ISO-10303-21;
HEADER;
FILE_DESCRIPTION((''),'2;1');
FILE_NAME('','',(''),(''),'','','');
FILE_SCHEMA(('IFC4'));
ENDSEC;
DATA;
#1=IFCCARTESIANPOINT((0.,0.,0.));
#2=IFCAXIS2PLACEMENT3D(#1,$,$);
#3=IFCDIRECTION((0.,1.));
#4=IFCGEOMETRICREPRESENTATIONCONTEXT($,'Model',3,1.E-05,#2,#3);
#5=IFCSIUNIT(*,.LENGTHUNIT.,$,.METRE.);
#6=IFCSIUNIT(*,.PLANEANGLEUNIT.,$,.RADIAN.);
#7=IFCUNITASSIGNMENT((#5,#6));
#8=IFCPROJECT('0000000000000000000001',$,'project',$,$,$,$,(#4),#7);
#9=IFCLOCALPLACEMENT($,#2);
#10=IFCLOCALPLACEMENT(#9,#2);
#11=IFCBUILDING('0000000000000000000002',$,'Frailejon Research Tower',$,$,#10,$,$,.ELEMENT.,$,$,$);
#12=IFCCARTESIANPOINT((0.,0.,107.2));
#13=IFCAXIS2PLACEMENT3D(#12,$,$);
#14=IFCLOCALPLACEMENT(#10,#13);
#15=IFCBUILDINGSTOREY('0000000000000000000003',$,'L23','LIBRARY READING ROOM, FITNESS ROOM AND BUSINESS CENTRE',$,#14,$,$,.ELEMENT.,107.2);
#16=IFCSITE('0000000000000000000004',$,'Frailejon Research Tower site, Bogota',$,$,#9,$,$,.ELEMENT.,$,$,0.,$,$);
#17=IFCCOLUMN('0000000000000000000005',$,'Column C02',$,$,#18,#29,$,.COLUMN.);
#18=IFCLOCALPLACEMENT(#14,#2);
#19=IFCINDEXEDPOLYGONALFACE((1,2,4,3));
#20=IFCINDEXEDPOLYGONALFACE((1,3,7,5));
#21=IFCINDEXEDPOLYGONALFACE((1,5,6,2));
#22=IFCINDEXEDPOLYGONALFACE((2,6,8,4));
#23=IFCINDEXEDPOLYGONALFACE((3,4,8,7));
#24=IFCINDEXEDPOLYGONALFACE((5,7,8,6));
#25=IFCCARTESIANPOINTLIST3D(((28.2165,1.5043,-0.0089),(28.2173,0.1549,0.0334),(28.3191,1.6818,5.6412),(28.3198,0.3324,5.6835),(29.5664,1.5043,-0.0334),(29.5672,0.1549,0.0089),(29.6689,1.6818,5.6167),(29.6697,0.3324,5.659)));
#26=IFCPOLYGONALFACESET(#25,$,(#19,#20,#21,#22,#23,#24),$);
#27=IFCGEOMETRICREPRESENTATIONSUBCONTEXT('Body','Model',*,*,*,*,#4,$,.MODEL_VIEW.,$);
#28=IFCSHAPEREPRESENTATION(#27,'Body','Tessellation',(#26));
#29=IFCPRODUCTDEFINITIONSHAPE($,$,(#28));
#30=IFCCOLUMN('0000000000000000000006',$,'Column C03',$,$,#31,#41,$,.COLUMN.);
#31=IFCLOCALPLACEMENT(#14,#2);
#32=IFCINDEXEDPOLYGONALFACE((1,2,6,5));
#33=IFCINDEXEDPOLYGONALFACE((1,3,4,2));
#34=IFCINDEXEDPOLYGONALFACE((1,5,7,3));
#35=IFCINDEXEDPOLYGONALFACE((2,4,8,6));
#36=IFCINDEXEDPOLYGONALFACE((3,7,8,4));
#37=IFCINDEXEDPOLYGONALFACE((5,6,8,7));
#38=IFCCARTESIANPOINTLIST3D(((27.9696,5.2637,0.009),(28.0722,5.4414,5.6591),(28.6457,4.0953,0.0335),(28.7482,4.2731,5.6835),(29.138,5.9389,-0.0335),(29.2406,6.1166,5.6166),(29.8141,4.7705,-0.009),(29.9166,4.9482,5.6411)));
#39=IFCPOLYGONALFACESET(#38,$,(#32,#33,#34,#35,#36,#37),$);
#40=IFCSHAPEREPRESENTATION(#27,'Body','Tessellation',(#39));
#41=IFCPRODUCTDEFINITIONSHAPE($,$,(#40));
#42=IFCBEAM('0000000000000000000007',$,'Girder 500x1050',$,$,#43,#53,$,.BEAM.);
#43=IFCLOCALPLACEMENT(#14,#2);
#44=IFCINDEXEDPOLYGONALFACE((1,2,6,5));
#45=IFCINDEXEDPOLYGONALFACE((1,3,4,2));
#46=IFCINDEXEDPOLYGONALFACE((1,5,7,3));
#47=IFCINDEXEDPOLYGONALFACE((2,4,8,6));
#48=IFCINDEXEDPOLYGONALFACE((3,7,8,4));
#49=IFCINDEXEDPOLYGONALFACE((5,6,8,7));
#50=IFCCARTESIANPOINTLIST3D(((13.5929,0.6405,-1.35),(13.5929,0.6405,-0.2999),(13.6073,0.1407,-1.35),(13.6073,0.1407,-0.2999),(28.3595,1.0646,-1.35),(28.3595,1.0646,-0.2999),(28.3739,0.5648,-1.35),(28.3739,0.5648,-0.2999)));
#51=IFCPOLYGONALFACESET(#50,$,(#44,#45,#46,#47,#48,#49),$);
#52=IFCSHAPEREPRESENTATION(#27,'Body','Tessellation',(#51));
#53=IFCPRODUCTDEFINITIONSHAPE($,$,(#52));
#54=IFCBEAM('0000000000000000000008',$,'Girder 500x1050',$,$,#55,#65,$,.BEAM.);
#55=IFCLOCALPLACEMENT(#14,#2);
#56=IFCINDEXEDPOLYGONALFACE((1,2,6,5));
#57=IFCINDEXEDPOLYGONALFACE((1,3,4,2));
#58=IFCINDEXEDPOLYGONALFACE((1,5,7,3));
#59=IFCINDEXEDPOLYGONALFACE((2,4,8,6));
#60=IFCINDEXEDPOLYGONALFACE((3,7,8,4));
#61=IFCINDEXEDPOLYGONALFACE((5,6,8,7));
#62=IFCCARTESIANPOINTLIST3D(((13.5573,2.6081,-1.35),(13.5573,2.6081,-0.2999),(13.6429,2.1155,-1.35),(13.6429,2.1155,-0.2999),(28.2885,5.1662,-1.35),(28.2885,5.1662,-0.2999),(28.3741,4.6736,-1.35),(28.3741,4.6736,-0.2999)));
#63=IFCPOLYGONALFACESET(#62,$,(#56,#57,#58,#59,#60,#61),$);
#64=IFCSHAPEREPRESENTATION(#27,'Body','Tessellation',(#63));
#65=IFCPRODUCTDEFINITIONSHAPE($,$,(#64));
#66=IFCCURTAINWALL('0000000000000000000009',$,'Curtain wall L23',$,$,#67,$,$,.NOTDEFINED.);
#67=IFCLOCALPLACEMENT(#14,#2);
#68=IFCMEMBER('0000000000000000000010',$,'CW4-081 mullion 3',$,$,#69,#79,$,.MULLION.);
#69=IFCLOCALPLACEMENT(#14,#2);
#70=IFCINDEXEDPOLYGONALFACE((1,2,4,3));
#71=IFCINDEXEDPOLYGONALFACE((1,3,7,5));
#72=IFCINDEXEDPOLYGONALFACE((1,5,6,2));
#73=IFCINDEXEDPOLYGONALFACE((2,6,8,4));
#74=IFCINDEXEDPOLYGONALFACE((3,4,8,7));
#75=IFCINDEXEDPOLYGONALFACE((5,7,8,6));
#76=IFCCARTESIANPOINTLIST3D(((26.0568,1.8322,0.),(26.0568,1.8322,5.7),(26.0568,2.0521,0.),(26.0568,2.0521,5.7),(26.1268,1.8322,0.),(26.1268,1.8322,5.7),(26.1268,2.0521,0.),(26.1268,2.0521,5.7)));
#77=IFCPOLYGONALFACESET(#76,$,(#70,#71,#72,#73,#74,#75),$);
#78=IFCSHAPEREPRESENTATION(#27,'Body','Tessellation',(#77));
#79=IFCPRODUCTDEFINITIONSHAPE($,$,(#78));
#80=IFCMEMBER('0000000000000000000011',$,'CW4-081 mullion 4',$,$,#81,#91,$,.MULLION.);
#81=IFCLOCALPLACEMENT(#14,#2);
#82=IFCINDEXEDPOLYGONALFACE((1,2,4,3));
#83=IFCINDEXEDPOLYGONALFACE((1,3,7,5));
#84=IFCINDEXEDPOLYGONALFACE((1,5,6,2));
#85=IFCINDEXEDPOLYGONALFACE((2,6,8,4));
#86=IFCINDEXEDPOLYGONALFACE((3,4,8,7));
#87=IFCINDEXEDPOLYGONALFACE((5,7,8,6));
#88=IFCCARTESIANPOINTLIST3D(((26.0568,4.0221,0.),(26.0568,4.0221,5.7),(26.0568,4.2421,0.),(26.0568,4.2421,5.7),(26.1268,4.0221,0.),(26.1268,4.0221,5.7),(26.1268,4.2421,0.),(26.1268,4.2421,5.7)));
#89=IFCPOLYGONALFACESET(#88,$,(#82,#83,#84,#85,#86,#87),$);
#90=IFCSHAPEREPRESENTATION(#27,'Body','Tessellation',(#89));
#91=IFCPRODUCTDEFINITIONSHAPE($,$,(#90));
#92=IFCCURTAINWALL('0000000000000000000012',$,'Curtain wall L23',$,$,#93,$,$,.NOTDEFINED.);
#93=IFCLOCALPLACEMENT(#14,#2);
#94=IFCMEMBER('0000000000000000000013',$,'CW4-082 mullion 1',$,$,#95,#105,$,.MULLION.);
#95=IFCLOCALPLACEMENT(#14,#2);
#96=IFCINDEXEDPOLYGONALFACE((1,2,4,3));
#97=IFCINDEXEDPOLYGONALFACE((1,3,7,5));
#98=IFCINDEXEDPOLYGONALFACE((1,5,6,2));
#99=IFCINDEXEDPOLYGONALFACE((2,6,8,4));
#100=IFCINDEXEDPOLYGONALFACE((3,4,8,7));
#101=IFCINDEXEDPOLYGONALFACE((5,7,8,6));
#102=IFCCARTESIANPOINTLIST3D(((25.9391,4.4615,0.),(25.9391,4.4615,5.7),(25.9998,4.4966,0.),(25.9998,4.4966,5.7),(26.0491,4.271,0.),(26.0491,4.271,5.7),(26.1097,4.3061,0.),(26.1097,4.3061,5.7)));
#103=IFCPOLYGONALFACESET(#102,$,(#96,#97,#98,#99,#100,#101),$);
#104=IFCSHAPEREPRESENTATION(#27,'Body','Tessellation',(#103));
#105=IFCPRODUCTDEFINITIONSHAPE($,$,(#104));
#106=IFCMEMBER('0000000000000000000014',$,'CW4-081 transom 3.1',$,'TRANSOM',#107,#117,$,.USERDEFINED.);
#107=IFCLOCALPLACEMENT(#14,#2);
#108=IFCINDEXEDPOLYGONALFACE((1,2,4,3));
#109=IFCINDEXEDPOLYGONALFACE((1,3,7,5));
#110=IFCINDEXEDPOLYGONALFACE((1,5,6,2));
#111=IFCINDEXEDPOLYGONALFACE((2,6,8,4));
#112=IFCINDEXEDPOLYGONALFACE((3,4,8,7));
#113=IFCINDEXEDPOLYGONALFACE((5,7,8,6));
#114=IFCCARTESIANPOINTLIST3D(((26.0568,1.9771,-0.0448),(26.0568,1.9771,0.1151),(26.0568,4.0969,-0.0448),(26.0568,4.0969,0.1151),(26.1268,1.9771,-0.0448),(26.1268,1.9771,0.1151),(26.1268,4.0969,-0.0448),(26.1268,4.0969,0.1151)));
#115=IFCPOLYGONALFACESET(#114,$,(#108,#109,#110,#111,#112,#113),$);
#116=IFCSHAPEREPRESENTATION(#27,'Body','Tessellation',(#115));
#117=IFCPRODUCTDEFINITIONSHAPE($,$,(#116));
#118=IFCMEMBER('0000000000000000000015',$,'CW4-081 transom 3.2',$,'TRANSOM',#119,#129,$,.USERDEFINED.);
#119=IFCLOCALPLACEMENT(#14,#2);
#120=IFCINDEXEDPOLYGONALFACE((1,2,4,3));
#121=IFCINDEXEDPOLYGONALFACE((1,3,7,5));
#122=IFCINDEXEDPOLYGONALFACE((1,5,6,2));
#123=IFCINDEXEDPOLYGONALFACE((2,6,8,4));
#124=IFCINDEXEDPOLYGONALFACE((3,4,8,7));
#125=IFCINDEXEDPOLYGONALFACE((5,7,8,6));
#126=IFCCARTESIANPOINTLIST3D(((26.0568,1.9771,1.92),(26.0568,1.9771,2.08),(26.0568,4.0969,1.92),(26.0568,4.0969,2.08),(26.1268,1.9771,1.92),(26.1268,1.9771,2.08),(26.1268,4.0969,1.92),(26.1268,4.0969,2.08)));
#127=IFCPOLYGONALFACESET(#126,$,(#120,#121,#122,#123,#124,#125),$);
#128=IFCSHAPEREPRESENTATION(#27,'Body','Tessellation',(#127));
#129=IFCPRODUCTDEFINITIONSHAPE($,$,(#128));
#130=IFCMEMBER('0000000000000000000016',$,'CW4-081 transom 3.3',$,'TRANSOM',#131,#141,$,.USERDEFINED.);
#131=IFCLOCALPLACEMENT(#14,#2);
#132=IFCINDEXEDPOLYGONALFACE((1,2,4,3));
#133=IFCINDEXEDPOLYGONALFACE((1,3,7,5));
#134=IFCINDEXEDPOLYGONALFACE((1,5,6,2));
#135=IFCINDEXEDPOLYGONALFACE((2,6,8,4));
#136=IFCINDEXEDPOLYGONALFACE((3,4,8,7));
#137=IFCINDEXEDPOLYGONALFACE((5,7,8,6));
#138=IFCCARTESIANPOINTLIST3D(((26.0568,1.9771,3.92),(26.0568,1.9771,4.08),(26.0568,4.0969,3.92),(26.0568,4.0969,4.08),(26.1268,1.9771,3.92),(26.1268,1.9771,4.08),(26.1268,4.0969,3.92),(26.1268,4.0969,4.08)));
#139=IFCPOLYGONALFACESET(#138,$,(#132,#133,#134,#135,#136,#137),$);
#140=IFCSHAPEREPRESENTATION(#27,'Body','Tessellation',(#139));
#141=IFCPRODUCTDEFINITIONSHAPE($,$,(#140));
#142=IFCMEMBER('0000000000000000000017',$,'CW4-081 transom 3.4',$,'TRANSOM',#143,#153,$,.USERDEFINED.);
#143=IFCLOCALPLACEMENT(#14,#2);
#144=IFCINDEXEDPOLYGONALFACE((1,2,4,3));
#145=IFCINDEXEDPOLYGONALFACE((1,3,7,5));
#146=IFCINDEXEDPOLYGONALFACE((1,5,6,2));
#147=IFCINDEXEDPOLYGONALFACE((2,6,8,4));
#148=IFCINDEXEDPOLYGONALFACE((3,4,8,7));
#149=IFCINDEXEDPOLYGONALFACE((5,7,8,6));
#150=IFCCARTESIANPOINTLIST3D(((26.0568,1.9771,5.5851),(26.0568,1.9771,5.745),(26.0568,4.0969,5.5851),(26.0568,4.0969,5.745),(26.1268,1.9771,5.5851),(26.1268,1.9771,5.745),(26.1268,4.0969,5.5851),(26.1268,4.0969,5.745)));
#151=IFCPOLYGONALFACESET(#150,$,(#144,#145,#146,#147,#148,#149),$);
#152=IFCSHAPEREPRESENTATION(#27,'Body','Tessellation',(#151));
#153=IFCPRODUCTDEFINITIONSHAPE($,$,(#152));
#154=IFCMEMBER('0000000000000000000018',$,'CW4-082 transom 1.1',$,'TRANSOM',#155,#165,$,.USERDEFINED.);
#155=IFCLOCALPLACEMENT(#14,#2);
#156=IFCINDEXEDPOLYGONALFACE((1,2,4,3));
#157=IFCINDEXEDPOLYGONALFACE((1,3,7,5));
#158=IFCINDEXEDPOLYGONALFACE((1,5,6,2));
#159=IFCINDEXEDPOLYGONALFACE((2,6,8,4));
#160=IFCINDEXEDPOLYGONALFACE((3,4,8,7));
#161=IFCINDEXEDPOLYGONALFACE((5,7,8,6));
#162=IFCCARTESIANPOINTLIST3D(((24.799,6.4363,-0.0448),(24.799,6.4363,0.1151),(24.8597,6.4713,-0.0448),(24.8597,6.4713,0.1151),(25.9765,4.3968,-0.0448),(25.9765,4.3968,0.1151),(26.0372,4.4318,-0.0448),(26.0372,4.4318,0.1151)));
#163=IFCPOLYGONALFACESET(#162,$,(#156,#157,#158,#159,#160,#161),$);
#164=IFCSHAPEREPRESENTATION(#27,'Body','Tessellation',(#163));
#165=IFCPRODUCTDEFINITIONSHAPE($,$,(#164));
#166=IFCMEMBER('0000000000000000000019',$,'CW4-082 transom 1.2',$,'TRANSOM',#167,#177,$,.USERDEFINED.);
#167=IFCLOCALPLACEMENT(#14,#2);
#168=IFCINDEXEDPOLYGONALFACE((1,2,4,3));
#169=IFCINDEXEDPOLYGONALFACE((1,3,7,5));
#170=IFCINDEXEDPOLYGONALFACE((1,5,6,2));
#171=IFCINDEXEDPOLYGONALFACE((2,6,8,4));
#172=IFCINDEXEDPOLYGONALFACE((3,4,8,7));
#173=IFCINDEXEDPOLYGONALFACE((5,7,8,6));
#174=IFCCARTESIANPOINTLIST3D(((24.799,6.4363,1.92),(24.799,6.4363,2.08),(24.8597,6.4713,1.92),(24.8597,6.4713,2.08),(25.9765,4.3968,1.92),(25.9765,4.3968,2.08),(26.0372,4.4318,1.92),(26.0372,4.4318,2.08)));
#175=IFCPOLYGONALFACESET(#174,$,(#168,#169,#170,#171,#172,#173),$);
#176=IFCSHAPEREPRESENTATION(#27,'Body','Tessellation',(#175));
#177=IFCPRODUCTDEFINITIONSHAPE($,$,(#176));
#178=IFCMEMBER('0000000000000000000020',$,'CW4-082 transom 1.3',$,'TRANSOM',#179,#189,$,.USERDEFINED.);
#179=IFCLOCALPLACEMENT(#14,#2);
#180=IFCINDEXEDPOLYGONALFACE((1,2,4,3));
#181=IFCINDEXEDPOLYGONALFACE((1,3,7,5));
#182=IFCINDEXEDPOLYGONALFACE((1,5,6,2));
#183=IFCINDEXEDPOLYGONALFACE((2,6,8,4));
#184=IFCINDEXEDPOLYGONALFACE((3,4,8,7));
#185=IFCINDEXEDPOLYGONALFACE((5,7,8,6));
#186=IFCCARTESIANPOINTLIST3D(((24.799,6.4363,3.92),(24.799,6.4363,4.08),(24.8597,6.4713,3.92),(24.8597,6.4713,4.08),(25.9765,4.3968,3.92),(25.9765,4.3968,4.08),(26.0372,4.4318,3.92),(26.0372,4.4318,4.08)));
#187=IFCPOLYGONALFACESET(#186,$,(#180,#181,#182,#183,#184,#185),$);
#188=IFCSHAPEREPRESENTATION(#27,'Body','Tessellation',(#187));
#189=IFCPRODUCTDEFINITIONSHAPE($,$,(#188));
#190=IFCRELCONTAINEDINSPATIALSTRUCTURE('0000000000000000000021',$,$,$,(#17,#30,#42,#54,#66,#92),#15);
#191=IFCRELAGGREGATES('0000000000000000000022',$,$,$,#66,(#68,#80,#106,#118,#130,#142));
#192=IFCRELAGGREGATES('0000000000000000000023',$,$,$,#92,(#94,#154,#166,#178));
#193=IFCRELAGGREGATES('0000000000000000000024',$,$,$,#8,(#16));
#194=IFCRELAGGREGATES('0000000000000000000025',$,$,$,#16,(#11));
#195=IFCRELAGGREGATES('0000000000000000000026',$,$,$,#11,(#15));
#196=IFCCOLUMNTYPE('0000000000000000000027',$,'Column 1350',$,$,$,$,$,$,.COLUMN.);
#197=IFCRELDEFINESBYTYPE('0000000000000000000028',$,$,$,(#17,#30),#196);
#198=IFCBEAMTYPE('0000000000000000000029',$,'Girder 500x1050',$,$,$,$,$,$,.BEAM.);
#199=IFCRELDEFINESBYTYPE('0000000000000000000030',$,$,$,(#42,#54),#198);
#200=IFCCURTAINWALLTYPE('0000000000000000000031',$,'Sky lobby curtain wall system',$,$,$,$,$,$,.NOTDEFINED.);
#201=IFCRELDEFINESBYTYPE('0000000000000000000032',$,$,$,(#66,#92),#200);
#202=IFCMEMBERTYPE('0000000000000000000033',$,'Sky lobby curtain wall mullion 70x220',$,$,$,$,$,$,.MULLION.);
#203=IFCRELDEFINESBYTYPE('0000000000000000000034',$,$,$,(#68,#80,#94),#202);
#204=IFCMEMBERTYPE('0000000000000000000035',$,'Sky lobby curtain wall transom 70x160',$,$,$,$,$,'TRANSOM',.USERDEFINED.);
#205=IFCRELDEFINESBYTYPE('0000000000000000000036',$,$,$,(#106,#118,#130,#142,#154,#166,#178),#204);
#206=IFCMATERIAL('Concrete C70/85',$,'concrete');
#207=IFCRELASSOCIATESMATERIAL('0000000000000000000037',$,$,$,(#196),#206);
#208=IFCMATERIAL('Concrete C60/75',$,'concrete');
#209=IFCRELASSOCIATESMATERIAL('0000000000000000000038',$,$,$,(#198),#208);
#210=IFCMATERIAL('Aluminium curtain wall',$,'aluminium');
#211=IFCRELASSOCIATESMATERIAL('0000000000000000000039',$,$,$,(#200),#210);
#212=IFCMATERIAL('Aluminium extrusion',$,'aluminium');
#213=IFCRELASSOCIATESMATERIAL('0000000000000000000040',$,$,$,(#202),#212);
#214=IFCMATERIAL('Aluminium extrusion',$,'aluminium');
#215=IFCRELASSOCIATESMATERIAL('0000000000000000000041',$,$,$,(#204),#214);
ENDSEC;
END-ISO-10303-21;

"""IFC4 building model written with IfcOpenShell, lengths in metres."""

from ifc_helpers import new_model, si_unit, direction, frame, origin, origin_2d, place, context, subcontext, project, spatial, rectangle, extrude, material, material_profile, profile_set, type_object, element, aggregate, save


model = new_model("IFC4")

# Units and contexts
model_context = context("Model", 3, precision=1e-05, world=origin(), true_north=direction((0.0, 1.0)))
body_context = subcontext(model_context, "Body", "Model", "MODEL_VIEW")
ifc_project = project(units=[si_unit("LENGTHUNIT", "METRE"), si_unit("PLANEANGLEUNIT", "RADIAN")], contexts=[model_context])

# Site, building, storey
site_placement = place(None, origin())
site = spatial("IfcSite", under=ifc_project, at=site_placement, Name="Frailejon Research Tower site, Bogota", CompositionType="ELEMENT", RefElevation=0.0)
building_placement = place(site_placement, origin())
building = spatial("IfcBuilding", under=site, at=building_placement, Name="Frailejon Research Tower", CompositionType="ELEMENT")
storey_placement = place(building_placement, frame((0.0, 0.0, 107.2)))
storey = spatial("IfcBuildingStorey", under=building, at=storey_placement, Name="L23", Description="LIBRARY READING ROOM, FITNESS ROOM AND BUSINESS CENTRE", CompositionType="ELEMENT", Elevation=107.2)

# Columns
ifc_material_1 = material(Name="Concrete C70/85", Category="concrete")
ifc_material_profile_1 = material_profile(ifc_material_1, rectangle(XDim=1.3501, YDim=1.3501, at=origin_2d()), Name="Column 1350")
ifc_profile_set_1 = profile_set([ifc_material_profile_1], Name="Concrete C70/85")
column_type = type_object("IfcColumnType", Name="Column 1350", PredefinedType="COLUMN", material=ifc_profile_set_1)
for number, where, z_axis, x_axis, name in (
    (1, (28.8918, 0.8296, 0.0), (0.018136, 0.031393, 0.999343), (-0.000572, 0.999507, -0.031388), "Column C02"),
    (2, (28.8918, 5.0171, 0.0), (0.018136, 0.031436, 0.999341), (-0.500729, 0.865414, -0.018136), "Column C03"),
):
    element("IfcColumn", number, at=place(storey_placement, frame(where, z_axis=z_axis, x_axis=x_axis)), inside=storey, type_object=column_type, Name=name, PredefinedType="COLUMN", context=body_context, shape_type="SweptSolid", body=[
        extrude(rectangle(XDim=1.3501, YDim=1.3501, at=origin_2d()), origin(), (0.0, 0.0, 1.0), 5.6538),
    ])

# Beams
ifc_material_2 = material(Name="Concrete C60/75", Category="concrete")
ifc_material_profile_2 = material_profile(ifc_material_2, rectangle(XDim=0.5, YDim=1.05, at=origin_2d()), Name="Girder 500x1050")
ifc_profile_set_2 = profile_set([ifc_material_profile_2], Name="Concrete C60/75")
beam_type_1 = type_object("IfcBeamType", Name="Girder 500x1050", PredefinedType="BEAM", material=ifc_profile_set_2)
beam_1_placement = place(storey_placement, frame((28.3667, 0.8147, -0.825), z_axis=(-0.999588, -0.028707, 0.0), x_axis=(0.028707, -0.999588, 0.0)))
element("IfcBeam", 3, at=beam_1_placement, inside=storey, type_object=beam_type_1, Name="Girder 500x1050", PredefinedType="BEAM", context=body_context, shape_type="SweptSolid", body=[
    extrude(rectangle(XDim=0.5, YDim=1.05, at=origin_2d()), origin(), (0.0, 0.0, 1.0), 14.7727),
])
beam_2_placement = place(storey_placement, frame((28.3313, 4.9199, -0.825), z_axis=(-0.985255, -0.171092, 0.0), x_axis=(0.171092, -0.985255, 0.0)))
element("IfcBeam", 4, at=beam_2_placement, inside=storey, type_object=beam_type_1, Name="Girder 500x1050", PredefinedType="BEAM", context=body_context, shape_type="SweptSolid", body=[
    extrude(rectangle(XDim=0.5, YDim=1.05, at=origin_2d()), origin(), (0.0, 0.0, 1.0), 14.9517),
])

# Curtain wall, members
ifc_material_3 = material(Name="Aluminium curtain wall", Category="aluminium")
curtain_wall_type = type_object("IfcCurtainWallType", Name="Sky lobby curtain wall system", PredefinedType="NOTDEFINED", material=ifc_material_3)
curtain_wall_1_placement = place(storey_placement, origin())
curtain_wall_1 = element("IfcCurtainWall", 5, at=curtain_wall_1_placement, inside=storey, type_object=curtain_wall_type, Name="Curtain wall L23", PredefinedType="NOTDEFINED")
ifc_material_4 = material(Name="Aluminium extrusion", Category="aluminium")
ifc_material_profile_3 = material_profile(ifc_material_4, rectangle(XDim=0.0701, YDim=0.22, at=origin_2d()), Name="Sky lobby curtain wall mullion 70x220")
ifc_profile_set_3 = profile_set([ifc_material_profile_3], Name="Aluminium extrusion")
member_type_1 = type_object("IfcMemberType", Name="Sky lobby curtain wall mullion 70x220", PredefinedType="MULLION", material=ifc_profile_set_3)
member_1_placement = place(storey_placement, frame((26.0918, 1.9421, 0.0), z_axis=(0.0, 0.0, 1.0), x_axis=(-1.0, 0.0, 0.0)))
member_1 = element("IfcMember", 6, at=member_1_placement, type_object=member_type_1, Name="CW4-081 mullion 3", PredefinedType="MULLION", context=body_context, shape_type="SweptSolid", body=[
    extrude(rectangle(XDim=0.0701, YDim=0.22, at=origin_2d()), origin(), (0.0, 0.0, 1.0), 5.7),
])
member_2_placement = place(storey_placement, frame((26.0918, 4.1321, 0.0), z_axis=(0.0, 0.0, 1.0), x_axis=(-1.0, 0.0, 0.0)))
member_2 = element("IfcMember", 7, at=member_2_placement, type_object=member_type_1, Name="CW4-081 mullion 4", PredefinedType="MULLION", context=body_context, shape_type="SweptSolid", body=[
    extrude(rectangle(XDim=0.0701, YDim=0.22, at=origin_2d()), origin(), (0.0, 0.0, 1.0), 5.7),
])

# Curtain wall, member
curtain_wall_2_placement = place(storey_placement, origin())
curtain_wall_2 = element("IfcCurtainWall", 8, at=curtain_wall_2_placement, inside=storey, type_object=curtain_wall_type, Name="Curtain wall L23", PredefinedType="NOTDEFINED")
member_3_placement = place(storey_placement, frame((26.0244, 4.3838, 0.0), z_axis=(0.0, 0.0, 1.0), x_axis=(-0.866028, -0.499995, 0.0)))
member_3 = element("IfcMember", 9, at=member_3_placement, type_object=member_type_1, Name="CW4-082 mullion 1", PredefinedType="MULLION", context=body_context, shape_type="SweptSolid", body=[
    extrude(rectangle(XDim=0.0701, YDim=0.22, at=origin_2d()), origin(), (0.0, 0.0, 1.0), 5.7),
])

# Members
ifc_material_5 = material(Name="Aluminium extrusion", Category="aluminium")
ifc_material_profile_4 = material_profile(ifc_material_5, rectangle(XDim=0.0701, YDim=0.1599, at=origin_2d()), Name="Sky lobby curtain wall transom 70x160")
ifc_profile_set_4 = profile_set([ifc_material_profile_4], Name="Aluminium extrusion")
member_type_2 = type_object("IfcMemberType", Name="Sky lobby curtain wall transom 70x160", ElementType="TRANSOM", PredefinedType="USERDEFINED", material=ifc_profile_set_4)
member_4_placement = place(storey_placement, frame((26.0918, 1.9771, 0.0352), z_axis=(0.0, 1.0, 0.0), x_axis=(-1.0, 0.0, 0.0)))
member_4 = element("IfcMember", 10, at=member_4_placement, type_object=member_type_2, Name="CW4-081 transom 3.1", ObjectType="TRANSOM", PredefinedType="USERDEFINED", context=body_context, shape_type="SweptSolid", body=[
    extrude(rectangle(XDim=0.0701, YDim=0.1599, at=origin_2d()), origin(), (0.0, 0.0, 1.0), 2.1199),
])
member_5_placement = place(storey_placement, frame((26.0918, 1.9771, 2.0), z_axis=(0.0, 1.0, 0.0), x_axis=(-1.0, 0.0, 0.0)))
member_5 = element("IfcMember", 11, at=member_5_placement, type_object=member_type_2, Name="CW4-081 transom 3.2", ObjectType="TRANSOM", PredefinedType="USERDEFINED", context=body_context, shape_type="SweptSolid", body=[
    extrude(rectangle(XDim=0.0701, YDim=0.1599, at=origin_2d()), origin(), (0.0, 0.0, 1.0), 2.1199),
])
member_6_placement = place(storey_placement, frame((26.0918, 1.9771, 4.0), z_axis=(0.0, 1.0, 0.0), x_axis=(-1.0, 0.0, 0.0)))
member_6 = element("IfcMember", 12, at=member_6_placement, type_object=member_type_2, Name="CW4-081 transom 3.3", ObjectType="TRANSOM", PredefinedType="USERDEFINED", context=body_context, shape_type="SweptSolid", body=[
    extrude(rectangle(XDim=0.0701, YDim=0.1599, at=origin_2d()), origin(), (0.0, 0.0, 1.0), 2.1199),
])
member_7_placement = place(storey_placement, frame((26.0918, 1.9771, 5.665), z_axis=(0.0, 1.0, 0.0), x_axis=(-1.0, 0.0, 0.0)))
member_7 = element("IfcMember", 13, at=member_7_placement, type_object=member_type_2, Name="CW4-081 transom 3.4", ObjectType="TRANSOM", PredefinedType="USERDEFINED", context=body_context, shape_type="SweptSolid", body=[
    extrude(rectangle(XDim=0.0701, YDim=0.1599, at=origin_2d()), origin(), (0.0, 0.0, 1.0), 2.1199),
])
member_8_placement = place(storey_placement, frame((26.0068, 4.4143, 0.0352), z_axis=(-0.499986, 0.866034, 0.0), x_axis=(-0.866034, -0.499986, 0.0)))
member_8 = element("IfcMember", 14, at=member_8_placement, type_object=member_type_2, Name="CW4-082 transom 1.1", ObjectType="TRANSOM", PredefinedType="USERDEFINED", context=body_context, shape_type="SweptSolid", body=[
    extrude(rectangle(XDim=0.0701, YDim=0.1599, at=origin_2d()), origin(), (0.0, 0.0, 1.0), 2.355),
])
member_9_placement = place(storey_placement, frame((26.0068, 4.4143, 2.0), z_axis=(-0.499986, 0.866034, 0.0), x_axis=(-0.866034, -0.499986, 0.0)))
member_9 = element("IfcMember", 15, at=member_9_placement, type_object=member_type_2, Name="CW4-082 transom 1.2", ObjectType="TRANSOM", PredefinedType="USERDEFINED", context=body_context, shape_type="SweptSolid", body=[
    extrude(rectangle(XDim=0.0701, YDim=0.1599, at=origin_2d()), origin(), (0.0, 0.0, 1.0), 2.355),
])
member_10_placement = place(storey_placement, frame((26.0068, 4.4143, 4.0), z_axis=(-0.499986, 0.866034, 0.0), x_axis=(-0.866034, -0.499986, 0.0)))
member_10 = element("IfcMember", 16, at=member_10_placement, type_object=member_type_2, Name="CW4-082 transom 1.3", ObjectType="TRANSOM", PredefinedType="USERDEFINED", context=body_context, shape_type="SweptSolid", body=[
    extrude(rectangle(XDim=0.0701, YDim=0.1599, at=origin_2d()), origin(), (0.0, 0.0, 1.0), 2.355),
])

aggregate(curtain_wall_1, [member_1, member_2, member_4, member_5, member_6, member_7])
aggregate(curtain_wall_2, [member_3, member_8, member_9, member_10])

save(model, "model.ifc")
